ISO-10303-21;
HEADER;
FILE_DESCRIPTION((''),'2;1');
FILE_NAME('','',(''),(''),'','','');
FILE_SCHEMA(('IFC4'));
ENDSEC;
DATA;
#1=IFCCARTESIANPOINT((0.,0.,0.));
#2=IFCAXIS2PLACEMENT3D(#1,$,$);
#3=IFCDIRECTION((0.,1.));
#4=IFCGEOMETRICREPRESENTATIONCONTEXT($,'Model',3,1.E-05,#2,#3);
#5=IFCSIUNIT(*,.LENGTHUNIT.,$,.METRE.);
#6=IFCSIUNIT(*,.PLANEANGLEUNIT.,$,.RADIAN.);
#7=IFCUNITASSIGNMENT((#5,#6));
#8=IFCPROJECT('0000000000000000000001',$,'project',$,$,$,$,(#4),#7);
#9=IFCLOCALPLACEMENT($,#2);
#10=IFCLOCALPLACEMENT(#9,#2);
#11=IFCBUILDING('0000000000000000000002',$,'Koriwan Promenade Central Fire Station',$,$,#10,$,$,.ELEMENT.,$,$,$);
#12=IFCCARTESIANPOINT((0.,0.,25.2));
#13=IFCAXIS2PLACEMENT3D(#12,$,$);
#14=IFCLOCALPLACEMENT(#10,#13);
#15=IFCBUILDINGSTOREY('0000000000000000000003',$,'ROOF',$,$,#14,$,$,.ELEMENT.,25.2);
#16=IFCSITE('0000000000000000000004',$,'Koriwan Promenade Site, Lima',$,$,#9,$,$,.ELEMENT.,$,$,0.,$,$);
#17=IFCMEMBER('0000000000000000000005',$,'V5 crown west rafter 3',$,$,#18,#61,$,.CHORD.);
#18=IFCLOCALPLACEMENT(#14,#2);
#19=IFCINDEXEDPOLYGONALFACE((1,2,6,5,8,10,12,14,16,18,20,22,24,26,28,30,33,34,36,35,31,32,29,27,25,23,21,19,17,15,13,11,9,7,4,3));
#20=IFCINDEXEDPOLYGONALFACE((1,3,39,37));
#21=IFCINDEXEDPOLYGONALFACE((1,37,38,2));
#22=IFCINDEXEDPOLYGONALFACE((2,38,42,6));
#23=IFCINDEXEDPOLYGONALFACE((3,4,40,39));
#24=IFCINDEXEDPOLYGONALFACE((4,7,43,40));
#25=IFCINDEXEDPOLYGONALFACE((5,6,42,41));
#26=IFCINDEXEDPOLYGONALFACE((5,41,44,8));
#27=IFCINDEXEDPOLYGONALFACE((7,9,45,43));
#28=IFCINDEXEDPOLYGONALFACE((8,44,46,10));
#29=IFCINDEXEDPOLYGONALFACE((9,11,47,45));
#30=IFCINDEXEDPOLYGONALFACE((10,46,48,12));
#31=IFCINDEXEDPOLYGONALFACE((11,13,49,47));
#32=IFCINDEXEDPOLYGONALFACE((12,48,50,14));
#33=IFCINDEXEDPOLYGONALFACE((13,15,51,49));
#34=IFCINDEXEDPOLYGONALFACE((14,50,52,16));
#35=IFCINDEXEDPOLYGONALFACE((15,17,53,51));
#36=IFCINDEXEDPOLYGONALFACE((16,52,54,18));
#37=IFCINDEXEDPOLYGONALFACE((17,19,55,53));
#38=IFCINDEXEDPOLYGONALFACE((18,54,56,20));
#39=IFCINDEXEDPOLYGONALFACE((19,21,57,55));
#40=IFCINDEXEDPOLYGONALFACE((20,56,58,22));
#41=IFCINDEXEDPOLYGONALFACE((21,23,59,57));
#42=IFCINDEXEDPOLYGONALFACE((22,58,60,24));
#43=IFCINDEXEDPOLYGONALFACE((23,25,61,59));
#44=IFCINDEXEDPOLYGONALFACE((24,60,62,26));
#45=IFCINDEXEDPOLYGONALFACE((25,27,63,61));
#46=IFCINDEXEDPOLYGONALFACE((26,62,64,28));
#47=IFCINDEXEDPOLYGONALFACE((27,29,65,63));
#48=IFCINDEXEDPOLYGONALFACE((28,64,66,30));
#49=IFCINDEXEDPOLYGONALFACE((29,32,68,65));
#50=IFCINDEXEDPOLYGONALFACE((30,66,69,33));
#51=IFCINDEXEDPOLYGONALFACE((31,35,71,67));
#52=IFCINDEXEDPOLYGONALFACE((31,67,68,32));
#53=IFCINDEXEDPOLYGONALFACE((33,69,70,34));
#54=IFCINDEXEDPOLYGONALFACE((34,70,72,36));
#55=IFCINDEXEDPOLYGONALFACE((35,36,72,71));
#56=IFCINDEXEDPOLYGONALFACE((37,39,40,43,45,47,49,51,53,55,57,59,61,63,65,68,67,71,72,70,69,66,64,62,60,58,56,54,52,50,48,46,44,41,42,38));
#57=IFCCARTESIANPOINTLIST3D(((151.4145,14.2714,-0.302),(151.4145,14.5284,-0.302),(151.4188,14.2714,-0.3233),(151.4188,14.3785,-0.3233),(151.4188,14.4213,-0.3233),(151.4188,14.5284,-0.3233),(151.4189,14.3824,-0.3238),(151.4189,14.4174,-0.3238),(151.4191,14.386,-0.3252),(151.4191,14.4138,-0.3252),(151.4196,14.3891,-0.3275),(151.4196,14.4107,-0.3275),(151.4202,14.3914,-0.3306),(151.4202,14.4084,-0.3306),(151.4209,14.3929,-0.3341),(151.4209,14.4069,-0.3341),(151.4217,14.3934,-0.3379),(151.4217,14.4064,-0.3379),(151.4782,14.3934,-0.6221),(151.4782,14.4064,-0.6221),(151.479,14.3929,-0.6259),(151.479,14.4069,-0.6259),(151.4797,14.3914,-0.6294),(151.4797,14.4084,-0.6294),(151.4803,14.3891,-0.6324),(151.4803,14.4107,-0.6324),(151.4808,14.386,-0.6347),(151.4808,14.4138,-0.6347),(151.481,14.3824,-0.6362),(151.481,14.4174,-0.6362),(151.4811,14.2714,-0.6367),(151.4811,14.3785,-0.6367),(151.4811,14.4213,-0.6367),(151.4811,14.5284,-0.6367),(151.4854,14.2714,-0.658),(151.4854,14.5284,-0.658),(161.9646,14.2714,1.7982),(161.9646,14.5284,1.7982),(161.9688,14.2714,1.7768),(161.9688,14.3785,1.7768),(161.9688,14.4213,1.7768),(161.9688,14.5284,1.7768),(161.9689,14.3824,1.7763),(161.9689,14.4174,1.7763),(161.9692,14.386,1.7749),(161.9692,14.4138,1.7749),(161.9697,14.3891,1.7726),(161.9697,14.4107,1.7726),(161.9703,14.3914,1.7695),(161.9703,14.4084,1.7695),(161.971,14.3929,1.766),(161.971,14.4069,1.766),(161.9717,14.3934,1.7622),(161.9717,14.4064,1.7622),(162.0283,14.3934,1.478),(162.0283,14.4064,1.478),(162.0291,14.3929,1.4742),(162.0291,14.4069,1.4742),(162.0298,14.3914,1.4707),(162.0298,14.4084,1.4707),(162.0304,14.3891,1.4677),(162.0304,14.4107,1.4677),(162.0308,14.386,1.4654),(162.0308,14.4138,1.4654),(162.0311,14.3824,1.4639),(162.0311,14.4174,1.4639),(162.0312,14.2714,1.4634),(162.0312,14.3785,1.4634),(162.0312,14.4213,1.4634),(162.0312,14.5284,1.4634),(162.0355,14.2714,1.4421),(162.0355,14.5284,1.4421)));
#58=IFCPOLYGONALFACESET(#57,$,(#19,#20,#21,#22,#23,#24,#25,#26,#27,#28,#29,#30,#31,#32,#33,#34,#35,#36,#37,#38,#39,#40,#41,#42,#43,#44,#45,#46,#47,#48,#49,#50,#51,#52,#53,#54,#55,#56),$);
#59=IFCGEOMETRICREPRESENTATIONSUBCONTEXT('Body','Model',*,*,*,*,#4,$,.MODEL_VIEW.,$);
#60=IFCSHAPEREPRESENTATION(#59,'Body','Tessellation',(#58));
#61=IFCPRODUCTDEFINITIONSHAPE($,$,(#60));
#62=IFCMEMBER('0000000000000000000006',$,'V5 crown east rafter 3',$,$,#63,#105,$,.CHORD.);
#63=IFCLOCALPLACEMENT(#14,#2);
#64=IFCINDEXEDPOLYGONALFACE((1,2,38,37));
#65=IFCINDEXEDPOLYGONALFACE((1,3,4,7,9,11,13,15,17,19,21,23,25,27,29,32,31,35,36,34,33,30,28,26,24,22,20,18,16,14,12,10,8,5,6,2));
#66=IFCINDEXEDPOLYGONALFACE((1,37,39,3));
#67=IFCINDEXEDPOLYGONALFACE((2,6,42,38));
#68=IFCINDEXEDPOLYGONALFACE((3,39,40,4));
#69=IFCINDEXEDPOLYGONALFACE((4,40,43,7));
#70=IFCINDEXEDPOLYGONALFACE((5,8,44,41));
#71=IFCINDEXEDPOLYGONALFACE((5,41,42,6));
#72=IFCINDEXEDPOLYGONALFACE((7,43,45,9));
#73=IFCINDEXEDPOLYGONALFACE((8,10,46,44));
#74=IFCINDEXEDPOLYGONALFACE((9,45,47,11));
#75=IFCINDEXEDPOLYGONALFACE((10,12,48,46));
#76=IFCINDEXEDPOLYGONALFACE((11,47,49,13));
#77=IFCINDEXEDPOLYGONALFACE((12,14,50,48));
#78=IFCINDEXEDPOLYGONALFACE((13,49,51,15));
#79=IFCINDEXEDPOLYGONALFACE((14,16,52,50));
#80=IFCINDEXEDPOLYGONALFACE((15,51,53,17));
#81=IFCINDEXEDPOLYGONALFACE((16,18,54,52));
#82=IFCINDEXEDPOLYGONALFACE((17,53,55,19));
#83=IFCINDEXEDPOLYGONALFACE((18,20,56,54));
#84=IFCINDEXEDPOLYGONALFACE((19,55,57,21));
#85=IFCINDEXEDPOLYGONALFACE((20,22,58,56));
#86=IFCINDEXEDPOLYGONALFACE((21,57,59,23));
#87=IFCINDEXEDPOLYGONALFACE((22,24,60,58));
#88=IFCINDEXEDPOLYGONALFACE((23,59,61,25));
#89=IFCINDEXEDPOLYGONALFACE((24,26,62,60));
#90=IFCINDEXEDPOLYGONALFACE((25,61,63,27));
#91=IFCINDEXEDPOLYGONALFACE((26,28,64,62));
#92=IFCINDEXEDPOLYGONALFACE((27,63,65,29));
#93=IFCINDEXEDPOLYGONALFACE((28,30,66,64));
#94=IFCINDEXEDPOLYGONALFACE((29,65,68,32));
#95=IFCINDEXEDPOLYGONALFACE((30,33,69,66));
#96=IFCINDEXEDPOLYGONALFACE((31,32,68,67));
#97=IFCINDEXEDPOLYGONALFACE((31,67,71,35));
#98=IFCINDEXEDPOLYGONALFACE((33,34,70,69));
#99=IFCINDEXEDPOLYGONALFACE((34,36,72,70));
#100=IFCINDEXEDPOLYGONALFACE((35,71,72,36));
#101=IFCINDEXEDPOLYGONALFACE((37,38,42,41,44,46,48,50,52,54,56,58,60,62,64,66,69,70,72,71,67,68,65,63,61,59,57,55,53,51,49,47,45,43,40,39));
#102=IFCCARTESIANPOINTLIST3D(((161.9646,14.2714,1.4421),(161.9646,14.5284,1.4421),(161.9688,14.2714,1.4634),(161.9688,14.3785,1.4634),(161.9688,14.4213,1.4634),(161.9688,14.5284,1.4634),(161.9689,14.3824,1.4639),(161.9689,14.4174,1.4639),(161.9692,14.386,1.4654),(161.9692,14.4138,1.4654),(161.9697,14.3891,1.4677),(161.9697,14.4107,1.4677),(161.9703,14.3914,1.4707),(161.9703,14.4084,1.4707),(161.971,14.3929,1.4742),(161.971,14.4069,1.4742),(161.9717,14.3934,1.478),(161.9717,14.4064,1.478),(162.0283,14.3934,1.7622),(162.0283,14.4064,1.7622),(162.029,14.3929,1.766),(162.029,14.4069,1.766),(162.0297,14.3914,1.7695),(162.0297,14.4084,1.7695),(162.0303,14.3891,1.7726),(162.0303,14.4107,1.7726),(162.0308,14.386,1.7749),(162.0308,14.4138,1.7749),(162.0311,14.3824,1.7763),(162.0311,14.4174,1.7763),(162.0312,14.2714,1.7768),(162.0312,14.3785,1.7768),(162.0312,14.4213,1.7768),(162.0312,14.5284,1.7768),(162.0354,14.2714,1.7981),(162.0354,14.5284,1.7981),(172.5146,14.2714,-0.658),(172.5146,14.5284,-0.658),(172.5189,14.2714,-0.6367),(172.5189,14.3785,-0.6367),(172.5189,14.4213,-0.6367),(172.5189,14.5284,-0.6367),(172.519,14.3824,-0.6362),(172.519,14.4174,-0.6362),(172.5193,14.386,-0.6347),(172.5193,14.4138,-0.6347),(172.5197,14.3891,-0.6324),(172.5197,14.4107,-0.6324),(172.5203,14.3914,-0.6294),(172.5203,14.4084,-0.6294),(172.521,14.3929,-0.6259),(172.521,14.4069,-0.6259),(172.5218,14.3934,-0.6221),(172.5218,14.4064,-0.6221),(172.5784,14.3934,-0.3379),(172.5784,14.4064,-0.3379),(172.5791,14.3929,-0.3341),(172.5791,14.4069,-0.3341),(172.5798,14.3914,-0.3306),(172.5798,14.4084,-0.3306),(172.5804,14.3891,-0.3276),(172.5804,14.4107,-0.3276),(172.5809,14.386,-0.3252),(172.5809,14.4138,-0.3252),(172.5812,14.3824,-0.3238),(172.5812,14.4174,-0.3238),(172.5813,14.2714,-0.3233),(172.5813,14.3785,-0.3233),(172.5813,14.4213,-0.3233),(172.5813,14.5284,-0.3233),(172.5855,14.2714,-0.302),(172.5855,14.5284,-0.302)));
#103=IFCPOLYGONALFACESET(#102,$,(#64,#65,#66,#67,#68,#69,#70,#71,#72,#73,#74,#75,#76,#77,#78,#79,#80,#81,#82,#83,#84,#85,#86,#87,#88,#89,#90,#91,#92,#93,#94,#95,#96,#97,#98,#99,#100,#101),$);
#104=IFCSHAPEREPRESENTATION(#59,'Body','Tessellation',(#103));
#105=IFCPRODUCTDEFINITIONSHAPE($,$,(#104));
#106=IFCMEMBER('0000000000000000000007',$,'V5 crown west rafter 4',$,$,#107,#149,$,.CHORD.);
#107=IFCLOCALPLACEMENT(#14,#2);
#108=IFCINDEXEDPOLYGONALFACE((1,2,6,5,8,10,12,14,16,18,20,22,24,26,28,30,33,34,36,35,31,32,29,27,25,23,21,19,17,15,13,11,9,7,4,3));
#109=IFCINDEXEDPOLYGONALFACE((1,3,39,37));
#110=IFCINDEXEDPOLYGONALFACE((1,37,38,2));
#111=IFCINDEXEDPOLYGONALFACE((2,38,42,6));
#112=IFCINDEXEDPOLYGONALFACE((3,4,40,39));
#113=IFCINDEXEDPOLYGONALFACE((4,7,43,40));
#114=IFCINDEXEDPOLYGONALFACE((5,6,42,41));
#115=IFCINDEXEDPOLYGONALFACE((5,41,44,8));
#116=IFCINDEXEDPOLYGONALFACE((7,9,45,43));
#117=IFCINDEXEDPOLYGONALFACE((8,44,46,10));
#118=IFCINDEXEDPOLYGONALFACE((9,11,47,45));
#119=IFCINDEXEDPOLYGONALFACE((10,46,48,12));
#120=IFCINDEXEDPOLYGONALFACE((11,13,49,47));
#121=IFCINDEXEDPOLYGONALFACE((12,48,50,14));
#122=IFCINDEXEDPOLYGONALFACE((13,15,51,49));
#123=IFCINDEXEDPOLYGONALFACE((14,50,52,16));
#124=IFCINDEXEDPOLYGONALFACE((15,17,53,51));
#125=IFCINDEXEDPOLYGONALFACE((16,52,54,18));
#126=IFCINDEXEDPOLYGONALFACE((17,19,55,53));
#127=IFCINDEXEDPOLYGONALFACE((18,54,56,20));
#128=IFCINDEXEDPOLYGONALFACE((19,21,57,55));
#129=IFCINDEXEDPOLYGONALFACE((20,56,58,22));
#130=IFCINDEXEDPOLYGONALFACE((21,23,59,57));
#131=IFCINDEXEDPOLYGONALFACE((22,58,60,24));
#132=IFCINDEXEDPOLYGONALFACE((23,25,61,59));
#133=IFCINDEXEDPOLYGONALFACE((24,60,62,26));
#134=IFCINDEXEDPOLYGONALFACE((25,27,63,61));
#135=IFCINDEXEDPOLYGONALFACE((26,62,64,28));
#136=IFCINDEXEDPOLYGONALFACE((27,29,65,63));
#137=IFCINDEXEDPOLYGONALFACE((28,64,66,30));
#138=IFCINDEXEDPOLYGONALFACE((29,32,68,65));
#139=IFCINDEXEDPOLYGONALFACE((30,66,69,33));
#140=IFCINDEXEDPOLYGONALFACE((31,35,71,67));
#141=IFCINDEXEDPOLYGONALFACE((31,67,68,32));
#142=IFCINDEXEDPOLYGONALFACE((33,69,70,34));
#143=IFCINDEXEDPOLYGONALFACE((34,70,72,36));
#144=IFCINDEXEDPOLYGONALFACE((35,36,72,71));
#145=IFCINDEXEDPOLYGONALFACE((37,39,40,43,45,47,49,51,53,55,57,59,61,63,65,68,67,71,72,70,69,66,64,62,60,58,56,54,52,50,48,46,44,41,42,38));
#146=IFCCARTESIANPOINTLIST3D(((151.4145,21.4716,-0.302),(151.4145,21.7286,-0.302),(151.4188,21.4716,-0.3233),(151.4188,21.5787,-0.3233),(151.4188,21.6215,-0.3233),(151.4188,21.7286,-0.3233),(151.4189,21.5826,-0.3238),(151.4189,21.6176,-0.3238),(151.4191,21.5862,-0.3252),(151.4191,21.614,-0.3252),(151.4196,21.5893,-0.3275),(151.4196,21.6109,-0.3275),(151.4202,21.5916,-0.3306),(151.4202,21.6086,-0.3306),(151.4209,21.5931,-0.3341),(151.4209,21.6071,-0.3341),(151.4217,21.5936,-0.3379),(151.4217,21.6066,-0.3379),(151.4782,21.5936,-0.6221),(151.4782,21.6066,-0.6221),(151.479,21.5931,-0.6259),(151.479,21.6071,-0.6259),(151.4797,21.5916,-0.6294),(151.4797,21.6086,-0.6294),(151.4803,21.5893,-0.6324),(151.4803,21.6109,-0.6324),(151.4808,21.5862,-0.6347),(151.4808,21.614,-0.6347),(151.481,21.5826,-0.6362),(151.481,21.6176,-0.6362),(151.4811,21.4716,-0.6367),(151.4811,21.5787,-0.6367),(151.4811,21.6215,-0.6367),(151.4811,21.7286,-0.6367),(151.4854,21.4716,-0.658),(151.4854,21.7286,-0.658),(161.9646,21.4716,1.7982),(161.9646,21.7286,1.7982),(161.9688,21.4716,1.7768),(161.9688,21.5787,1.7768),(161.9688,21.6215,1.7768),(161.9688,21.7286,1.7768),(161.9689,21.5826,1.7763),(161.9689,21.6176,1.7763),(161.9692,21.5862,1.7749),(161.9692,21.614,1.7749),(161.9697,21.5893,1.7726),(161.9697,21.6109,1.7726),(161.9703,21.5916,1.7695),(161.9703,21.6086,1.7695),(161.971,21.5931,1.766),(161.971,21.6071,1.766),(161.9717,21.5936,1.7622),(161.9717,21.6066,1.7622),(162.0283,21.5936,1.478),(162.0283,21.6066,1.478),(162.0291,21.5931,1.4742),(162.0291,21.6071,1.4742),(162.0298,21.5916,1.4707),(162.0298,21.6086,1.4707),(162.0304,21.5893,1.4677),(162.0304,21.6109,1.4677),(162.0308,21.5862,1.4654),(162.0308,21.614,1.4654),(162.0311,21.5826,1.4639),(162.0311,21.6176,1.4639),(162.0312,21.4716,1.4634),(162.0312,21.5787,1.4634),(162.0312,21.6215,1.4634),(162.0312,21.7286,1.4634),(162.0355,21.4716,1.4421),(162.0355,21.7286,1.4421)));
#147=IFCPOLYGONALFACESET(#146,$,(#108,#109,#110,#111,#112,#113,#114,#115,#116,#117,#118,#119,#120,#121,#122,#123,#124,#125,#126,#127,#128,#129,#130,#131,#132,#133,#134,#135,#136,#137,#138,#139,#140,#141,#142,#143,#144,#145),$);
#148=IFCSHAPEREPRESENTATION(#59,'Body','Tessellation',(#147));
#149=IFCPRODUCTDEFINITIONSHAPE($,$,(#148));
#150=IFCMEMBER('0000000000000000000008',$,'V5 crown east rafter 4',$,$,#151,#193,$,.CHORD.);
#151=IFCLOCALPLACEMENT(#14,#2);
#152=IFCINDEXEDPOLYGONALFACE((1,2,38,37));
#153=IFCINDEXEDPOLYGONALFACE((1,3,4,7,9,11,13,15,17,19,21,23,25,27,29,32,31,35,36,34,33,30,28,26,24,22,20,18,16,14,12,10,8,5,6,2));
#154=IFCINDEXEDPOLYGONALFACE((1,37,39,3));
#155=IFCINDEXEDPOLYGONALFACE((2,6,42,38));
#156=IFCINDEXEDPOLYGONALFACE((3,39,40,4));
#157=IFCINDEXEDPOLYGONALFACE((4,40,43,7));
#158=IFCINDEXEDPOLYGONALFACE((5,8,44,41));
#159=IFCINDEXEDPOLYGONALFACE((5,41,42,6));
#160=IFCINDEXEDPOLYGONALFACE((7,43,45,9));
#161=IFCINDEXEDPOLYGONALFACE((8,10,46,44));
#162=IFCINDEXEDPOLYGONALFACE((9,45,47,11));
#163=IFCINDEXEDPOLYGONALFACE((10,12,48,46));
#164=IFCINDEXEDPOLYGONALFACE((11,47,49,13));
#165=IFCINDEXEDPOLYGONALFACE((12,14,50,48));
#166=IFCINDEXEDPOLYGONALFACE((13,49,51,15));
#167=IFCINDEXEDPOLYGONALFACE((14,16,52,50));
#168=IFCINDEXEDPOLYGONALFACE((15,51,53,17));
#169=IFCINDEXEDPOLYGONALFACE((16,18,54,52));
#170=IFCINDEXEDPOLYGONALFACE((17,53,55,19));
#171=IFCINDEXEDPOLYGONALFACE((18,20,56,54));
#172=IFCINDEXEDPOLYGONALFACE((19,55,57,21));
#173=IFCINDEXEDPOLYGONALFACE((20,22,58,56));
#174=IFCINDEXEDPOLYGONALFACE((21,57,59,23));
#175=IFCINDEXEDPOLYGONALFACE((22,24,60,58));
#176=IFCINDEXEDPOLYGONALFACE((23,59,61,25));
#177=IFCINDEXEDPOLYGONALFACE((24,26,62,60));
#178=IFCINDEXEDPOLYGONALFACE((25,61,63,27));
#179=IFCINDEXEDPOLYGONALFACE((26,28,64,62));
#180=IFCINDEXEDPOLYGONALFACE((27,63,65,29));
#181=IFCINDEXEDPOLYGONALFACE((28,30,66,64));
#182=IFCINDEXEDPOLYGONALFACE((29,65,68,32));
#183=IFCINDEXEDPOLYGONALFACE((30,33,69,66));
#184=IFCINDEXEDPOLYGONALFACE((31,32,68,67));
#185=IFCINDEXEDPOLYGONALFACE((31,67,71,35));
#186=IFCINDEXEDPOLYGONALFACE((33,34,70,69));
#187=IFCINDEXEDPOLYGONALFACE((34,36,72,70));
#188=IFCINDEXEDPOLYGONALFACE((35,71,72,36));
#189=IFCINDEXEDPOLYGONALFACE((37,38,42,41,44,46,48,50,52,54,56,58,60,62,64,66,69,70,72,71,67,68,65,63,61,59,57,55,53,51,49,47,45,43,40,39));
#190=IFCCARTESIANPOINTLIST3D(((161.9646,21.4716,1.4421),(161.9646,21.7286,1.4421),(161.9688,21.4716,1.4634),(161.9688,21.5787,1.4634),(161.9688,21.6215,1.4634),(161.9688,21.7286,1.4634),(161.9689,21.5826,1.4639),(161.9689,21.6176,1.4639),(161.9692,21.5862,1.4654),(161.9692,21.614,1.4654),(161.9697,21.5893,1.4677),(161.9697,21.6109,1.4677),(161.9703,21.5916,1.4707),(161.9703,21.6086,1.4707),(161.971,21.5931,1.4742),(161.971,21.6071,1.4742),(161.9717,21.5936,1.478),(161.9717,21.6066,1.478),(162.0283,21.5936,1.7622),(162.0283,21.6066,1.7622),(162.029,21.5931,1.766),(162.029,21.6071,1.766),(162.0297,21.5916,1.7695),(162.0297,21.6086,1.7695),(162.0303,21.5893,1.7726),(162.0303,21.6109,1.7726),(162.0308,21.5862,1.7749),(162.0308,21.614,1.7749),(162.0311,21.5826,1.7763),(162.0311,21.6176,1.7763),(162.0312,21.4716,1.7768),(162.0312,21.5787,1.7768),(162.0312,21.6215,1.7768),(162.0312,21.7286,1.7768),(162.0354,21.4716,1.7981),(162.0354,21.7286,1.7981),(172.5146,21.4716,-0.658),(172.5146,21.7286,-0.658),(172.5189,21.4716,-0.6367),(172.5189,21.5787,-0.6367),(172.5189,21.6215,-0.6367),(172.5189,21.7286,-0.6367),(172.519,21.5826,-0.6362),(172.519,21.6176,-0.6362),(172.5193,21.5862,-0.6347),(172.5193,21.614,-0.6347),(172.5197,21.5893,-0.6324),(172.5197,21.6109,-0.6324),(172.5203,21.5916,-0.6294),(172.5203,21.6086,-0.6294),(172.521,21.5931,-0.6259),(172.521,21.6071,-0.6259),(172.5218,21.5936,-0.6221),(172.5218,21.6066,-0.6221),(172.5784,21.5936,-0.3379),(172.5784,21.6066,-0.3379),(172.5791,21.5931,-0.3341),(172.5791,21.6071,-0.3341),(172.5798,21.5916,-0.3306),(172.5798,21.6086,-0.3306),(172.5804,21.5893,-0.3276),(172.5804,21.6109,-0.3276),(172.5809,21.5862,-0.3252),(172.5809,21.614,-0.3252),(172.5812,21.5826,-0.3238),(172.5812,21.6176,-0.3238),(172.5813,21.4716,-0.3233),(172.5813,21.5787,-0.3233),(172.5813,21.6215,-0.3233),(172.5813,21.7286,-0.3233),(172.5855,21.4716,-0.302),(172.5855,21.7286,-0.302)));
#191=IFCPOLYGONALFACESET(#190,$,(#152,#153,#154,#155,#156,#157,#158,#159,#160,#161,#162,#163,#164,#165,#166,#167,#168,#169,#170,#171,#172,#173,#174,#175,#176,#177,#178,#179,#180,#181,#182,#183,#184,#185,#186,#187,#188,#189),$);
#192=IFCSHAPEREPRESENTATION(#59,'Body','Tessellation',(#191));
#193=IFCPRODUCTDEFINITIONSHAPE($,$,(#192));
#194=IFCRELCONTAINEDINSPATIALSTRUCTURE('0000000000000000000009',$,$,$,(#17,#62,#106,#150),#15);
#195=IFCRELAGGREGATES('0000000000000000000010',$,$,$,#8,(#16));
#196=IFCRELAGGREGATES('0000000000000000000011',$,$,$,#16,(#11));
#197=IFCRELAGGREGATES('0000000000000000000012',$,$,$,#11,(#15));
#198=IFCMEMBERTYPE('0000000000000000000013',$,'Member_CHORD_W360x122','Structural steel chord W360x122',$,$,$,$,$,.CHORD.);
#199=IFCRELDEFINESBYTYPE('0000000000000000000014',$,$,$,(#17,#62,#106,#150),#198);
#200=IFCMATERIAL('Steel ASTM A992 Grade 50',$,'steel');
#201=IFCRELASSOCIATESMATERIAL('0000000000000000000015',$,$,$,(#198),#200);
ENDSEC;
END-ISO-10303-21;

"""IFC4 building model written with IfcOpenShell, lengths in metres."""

from ifc_helpers import new_model, si_unit, direction, frame, origin, origin_2d, place, context, subcontext, project, spatial, i_section, extrude, material, material_profile, profile_set, type_object, element, save


model = new_model("IFC4")

# Units and contexts
model_context = context("Model", 3, precision=1e-05, world=origin(), true_north=direction((0.0, 1.0)))
body_context = subcontext(model_context, "Body", "Model", "MODEL_VIEW")
ifc_project = project(units=[si_unit("LENGTHUNIT", "METRE"), si_unit("PLANEANGLEUNIT", "RADIAN")], contexts=[model_context])

# Site, building, storey
site_placement = place(None, origin())
site = spatial("IfcSite", under=ifc_project, at=site_placement, Name="Koriwan Promenade Site, Lima", CompositionType="ELEMENT", RefElevation=0.0)
building_placement = place(site_placement, origin())
building = spatial("IfcBuilding", under=site, at=building_placement, Name="Koriwan Promenade Central Fire Station", CompositionType="ELEMENT")
storey_placement = place(building_placement, frame((0.0, 0.0, 25.2)))
storey = spatial("IfcBuildingStorey", under=building, at=storey_placement, Name="ROOF", CompositionType="ELEMENT", Elevation=25.2)

# Members
ifc_material_1 = material(Name="Steel ASTM A992 Grade 50", Category="steel")
ifc_material_profile_1 = material_profile(ifc_material_1, i_section(OverallWidth=0.2571, OverallDepth=0.363, WebThickness=0.0129, FlangeThickness=0.0217, FilletRadius=0.0149, at=origin_2d()), Name="W360x122")
ifc_profile_set_1 = profile_set([ifc_material_profile_1], Name="Steel ASTM A992 Grade 50")
member_type_1 = type_object("IfcMemberType", Name="Member_CHORD_W360x122", Description="Structural steel chord W360x122", PredefinedType="CHORD", material=ifc_profile_set_1)
for number, where, z_axis, x_axis, name in (
    (1, (151.45, 14.3999, -0.48), (0.980757, 0.0, 0.19523), (0.0, 1.0, 0.0), "V5 crown west rafter 3"),
    (2, (162.0, 14.3999, 1.6201), (0.980757, 0.0, -0.19523), (0.0, 1.0, 0.0), "V5 crown east rafter 3"),
    (3, (151.45, 21.6001, -0.48), (0.980757, 0.0, 0.19523), (0.0, 1.0, 0.0), "V5 crown west rafter 4"),
    (4, (162.0, 21.6001, 1.6201), (0.980757, 0.0, -0.19523), (0.0, 1.0, 0.0), "V5 crown east rafter 4"),
):
    element("IfcMember", number, at=place(storey_placement, frame(where, z_axis=z_axis, x_axis=x_axis)), inside=storey, type_object=member_type_1, Name=name, PredefinedType="CHORD", context=body_context, shape_type="SweptSolid", body=[
        extrude(i_section(OverallWidth=0.2571, OverallDepth=0.363, WebThickness=0.0129, FlangeThickness=0.0217, FilletRadius=0.0149, at=origin_2d()), origin(), (0.0, 0.0, 1.0), 10.7571),
    ])

save(model, "model.ifc")
